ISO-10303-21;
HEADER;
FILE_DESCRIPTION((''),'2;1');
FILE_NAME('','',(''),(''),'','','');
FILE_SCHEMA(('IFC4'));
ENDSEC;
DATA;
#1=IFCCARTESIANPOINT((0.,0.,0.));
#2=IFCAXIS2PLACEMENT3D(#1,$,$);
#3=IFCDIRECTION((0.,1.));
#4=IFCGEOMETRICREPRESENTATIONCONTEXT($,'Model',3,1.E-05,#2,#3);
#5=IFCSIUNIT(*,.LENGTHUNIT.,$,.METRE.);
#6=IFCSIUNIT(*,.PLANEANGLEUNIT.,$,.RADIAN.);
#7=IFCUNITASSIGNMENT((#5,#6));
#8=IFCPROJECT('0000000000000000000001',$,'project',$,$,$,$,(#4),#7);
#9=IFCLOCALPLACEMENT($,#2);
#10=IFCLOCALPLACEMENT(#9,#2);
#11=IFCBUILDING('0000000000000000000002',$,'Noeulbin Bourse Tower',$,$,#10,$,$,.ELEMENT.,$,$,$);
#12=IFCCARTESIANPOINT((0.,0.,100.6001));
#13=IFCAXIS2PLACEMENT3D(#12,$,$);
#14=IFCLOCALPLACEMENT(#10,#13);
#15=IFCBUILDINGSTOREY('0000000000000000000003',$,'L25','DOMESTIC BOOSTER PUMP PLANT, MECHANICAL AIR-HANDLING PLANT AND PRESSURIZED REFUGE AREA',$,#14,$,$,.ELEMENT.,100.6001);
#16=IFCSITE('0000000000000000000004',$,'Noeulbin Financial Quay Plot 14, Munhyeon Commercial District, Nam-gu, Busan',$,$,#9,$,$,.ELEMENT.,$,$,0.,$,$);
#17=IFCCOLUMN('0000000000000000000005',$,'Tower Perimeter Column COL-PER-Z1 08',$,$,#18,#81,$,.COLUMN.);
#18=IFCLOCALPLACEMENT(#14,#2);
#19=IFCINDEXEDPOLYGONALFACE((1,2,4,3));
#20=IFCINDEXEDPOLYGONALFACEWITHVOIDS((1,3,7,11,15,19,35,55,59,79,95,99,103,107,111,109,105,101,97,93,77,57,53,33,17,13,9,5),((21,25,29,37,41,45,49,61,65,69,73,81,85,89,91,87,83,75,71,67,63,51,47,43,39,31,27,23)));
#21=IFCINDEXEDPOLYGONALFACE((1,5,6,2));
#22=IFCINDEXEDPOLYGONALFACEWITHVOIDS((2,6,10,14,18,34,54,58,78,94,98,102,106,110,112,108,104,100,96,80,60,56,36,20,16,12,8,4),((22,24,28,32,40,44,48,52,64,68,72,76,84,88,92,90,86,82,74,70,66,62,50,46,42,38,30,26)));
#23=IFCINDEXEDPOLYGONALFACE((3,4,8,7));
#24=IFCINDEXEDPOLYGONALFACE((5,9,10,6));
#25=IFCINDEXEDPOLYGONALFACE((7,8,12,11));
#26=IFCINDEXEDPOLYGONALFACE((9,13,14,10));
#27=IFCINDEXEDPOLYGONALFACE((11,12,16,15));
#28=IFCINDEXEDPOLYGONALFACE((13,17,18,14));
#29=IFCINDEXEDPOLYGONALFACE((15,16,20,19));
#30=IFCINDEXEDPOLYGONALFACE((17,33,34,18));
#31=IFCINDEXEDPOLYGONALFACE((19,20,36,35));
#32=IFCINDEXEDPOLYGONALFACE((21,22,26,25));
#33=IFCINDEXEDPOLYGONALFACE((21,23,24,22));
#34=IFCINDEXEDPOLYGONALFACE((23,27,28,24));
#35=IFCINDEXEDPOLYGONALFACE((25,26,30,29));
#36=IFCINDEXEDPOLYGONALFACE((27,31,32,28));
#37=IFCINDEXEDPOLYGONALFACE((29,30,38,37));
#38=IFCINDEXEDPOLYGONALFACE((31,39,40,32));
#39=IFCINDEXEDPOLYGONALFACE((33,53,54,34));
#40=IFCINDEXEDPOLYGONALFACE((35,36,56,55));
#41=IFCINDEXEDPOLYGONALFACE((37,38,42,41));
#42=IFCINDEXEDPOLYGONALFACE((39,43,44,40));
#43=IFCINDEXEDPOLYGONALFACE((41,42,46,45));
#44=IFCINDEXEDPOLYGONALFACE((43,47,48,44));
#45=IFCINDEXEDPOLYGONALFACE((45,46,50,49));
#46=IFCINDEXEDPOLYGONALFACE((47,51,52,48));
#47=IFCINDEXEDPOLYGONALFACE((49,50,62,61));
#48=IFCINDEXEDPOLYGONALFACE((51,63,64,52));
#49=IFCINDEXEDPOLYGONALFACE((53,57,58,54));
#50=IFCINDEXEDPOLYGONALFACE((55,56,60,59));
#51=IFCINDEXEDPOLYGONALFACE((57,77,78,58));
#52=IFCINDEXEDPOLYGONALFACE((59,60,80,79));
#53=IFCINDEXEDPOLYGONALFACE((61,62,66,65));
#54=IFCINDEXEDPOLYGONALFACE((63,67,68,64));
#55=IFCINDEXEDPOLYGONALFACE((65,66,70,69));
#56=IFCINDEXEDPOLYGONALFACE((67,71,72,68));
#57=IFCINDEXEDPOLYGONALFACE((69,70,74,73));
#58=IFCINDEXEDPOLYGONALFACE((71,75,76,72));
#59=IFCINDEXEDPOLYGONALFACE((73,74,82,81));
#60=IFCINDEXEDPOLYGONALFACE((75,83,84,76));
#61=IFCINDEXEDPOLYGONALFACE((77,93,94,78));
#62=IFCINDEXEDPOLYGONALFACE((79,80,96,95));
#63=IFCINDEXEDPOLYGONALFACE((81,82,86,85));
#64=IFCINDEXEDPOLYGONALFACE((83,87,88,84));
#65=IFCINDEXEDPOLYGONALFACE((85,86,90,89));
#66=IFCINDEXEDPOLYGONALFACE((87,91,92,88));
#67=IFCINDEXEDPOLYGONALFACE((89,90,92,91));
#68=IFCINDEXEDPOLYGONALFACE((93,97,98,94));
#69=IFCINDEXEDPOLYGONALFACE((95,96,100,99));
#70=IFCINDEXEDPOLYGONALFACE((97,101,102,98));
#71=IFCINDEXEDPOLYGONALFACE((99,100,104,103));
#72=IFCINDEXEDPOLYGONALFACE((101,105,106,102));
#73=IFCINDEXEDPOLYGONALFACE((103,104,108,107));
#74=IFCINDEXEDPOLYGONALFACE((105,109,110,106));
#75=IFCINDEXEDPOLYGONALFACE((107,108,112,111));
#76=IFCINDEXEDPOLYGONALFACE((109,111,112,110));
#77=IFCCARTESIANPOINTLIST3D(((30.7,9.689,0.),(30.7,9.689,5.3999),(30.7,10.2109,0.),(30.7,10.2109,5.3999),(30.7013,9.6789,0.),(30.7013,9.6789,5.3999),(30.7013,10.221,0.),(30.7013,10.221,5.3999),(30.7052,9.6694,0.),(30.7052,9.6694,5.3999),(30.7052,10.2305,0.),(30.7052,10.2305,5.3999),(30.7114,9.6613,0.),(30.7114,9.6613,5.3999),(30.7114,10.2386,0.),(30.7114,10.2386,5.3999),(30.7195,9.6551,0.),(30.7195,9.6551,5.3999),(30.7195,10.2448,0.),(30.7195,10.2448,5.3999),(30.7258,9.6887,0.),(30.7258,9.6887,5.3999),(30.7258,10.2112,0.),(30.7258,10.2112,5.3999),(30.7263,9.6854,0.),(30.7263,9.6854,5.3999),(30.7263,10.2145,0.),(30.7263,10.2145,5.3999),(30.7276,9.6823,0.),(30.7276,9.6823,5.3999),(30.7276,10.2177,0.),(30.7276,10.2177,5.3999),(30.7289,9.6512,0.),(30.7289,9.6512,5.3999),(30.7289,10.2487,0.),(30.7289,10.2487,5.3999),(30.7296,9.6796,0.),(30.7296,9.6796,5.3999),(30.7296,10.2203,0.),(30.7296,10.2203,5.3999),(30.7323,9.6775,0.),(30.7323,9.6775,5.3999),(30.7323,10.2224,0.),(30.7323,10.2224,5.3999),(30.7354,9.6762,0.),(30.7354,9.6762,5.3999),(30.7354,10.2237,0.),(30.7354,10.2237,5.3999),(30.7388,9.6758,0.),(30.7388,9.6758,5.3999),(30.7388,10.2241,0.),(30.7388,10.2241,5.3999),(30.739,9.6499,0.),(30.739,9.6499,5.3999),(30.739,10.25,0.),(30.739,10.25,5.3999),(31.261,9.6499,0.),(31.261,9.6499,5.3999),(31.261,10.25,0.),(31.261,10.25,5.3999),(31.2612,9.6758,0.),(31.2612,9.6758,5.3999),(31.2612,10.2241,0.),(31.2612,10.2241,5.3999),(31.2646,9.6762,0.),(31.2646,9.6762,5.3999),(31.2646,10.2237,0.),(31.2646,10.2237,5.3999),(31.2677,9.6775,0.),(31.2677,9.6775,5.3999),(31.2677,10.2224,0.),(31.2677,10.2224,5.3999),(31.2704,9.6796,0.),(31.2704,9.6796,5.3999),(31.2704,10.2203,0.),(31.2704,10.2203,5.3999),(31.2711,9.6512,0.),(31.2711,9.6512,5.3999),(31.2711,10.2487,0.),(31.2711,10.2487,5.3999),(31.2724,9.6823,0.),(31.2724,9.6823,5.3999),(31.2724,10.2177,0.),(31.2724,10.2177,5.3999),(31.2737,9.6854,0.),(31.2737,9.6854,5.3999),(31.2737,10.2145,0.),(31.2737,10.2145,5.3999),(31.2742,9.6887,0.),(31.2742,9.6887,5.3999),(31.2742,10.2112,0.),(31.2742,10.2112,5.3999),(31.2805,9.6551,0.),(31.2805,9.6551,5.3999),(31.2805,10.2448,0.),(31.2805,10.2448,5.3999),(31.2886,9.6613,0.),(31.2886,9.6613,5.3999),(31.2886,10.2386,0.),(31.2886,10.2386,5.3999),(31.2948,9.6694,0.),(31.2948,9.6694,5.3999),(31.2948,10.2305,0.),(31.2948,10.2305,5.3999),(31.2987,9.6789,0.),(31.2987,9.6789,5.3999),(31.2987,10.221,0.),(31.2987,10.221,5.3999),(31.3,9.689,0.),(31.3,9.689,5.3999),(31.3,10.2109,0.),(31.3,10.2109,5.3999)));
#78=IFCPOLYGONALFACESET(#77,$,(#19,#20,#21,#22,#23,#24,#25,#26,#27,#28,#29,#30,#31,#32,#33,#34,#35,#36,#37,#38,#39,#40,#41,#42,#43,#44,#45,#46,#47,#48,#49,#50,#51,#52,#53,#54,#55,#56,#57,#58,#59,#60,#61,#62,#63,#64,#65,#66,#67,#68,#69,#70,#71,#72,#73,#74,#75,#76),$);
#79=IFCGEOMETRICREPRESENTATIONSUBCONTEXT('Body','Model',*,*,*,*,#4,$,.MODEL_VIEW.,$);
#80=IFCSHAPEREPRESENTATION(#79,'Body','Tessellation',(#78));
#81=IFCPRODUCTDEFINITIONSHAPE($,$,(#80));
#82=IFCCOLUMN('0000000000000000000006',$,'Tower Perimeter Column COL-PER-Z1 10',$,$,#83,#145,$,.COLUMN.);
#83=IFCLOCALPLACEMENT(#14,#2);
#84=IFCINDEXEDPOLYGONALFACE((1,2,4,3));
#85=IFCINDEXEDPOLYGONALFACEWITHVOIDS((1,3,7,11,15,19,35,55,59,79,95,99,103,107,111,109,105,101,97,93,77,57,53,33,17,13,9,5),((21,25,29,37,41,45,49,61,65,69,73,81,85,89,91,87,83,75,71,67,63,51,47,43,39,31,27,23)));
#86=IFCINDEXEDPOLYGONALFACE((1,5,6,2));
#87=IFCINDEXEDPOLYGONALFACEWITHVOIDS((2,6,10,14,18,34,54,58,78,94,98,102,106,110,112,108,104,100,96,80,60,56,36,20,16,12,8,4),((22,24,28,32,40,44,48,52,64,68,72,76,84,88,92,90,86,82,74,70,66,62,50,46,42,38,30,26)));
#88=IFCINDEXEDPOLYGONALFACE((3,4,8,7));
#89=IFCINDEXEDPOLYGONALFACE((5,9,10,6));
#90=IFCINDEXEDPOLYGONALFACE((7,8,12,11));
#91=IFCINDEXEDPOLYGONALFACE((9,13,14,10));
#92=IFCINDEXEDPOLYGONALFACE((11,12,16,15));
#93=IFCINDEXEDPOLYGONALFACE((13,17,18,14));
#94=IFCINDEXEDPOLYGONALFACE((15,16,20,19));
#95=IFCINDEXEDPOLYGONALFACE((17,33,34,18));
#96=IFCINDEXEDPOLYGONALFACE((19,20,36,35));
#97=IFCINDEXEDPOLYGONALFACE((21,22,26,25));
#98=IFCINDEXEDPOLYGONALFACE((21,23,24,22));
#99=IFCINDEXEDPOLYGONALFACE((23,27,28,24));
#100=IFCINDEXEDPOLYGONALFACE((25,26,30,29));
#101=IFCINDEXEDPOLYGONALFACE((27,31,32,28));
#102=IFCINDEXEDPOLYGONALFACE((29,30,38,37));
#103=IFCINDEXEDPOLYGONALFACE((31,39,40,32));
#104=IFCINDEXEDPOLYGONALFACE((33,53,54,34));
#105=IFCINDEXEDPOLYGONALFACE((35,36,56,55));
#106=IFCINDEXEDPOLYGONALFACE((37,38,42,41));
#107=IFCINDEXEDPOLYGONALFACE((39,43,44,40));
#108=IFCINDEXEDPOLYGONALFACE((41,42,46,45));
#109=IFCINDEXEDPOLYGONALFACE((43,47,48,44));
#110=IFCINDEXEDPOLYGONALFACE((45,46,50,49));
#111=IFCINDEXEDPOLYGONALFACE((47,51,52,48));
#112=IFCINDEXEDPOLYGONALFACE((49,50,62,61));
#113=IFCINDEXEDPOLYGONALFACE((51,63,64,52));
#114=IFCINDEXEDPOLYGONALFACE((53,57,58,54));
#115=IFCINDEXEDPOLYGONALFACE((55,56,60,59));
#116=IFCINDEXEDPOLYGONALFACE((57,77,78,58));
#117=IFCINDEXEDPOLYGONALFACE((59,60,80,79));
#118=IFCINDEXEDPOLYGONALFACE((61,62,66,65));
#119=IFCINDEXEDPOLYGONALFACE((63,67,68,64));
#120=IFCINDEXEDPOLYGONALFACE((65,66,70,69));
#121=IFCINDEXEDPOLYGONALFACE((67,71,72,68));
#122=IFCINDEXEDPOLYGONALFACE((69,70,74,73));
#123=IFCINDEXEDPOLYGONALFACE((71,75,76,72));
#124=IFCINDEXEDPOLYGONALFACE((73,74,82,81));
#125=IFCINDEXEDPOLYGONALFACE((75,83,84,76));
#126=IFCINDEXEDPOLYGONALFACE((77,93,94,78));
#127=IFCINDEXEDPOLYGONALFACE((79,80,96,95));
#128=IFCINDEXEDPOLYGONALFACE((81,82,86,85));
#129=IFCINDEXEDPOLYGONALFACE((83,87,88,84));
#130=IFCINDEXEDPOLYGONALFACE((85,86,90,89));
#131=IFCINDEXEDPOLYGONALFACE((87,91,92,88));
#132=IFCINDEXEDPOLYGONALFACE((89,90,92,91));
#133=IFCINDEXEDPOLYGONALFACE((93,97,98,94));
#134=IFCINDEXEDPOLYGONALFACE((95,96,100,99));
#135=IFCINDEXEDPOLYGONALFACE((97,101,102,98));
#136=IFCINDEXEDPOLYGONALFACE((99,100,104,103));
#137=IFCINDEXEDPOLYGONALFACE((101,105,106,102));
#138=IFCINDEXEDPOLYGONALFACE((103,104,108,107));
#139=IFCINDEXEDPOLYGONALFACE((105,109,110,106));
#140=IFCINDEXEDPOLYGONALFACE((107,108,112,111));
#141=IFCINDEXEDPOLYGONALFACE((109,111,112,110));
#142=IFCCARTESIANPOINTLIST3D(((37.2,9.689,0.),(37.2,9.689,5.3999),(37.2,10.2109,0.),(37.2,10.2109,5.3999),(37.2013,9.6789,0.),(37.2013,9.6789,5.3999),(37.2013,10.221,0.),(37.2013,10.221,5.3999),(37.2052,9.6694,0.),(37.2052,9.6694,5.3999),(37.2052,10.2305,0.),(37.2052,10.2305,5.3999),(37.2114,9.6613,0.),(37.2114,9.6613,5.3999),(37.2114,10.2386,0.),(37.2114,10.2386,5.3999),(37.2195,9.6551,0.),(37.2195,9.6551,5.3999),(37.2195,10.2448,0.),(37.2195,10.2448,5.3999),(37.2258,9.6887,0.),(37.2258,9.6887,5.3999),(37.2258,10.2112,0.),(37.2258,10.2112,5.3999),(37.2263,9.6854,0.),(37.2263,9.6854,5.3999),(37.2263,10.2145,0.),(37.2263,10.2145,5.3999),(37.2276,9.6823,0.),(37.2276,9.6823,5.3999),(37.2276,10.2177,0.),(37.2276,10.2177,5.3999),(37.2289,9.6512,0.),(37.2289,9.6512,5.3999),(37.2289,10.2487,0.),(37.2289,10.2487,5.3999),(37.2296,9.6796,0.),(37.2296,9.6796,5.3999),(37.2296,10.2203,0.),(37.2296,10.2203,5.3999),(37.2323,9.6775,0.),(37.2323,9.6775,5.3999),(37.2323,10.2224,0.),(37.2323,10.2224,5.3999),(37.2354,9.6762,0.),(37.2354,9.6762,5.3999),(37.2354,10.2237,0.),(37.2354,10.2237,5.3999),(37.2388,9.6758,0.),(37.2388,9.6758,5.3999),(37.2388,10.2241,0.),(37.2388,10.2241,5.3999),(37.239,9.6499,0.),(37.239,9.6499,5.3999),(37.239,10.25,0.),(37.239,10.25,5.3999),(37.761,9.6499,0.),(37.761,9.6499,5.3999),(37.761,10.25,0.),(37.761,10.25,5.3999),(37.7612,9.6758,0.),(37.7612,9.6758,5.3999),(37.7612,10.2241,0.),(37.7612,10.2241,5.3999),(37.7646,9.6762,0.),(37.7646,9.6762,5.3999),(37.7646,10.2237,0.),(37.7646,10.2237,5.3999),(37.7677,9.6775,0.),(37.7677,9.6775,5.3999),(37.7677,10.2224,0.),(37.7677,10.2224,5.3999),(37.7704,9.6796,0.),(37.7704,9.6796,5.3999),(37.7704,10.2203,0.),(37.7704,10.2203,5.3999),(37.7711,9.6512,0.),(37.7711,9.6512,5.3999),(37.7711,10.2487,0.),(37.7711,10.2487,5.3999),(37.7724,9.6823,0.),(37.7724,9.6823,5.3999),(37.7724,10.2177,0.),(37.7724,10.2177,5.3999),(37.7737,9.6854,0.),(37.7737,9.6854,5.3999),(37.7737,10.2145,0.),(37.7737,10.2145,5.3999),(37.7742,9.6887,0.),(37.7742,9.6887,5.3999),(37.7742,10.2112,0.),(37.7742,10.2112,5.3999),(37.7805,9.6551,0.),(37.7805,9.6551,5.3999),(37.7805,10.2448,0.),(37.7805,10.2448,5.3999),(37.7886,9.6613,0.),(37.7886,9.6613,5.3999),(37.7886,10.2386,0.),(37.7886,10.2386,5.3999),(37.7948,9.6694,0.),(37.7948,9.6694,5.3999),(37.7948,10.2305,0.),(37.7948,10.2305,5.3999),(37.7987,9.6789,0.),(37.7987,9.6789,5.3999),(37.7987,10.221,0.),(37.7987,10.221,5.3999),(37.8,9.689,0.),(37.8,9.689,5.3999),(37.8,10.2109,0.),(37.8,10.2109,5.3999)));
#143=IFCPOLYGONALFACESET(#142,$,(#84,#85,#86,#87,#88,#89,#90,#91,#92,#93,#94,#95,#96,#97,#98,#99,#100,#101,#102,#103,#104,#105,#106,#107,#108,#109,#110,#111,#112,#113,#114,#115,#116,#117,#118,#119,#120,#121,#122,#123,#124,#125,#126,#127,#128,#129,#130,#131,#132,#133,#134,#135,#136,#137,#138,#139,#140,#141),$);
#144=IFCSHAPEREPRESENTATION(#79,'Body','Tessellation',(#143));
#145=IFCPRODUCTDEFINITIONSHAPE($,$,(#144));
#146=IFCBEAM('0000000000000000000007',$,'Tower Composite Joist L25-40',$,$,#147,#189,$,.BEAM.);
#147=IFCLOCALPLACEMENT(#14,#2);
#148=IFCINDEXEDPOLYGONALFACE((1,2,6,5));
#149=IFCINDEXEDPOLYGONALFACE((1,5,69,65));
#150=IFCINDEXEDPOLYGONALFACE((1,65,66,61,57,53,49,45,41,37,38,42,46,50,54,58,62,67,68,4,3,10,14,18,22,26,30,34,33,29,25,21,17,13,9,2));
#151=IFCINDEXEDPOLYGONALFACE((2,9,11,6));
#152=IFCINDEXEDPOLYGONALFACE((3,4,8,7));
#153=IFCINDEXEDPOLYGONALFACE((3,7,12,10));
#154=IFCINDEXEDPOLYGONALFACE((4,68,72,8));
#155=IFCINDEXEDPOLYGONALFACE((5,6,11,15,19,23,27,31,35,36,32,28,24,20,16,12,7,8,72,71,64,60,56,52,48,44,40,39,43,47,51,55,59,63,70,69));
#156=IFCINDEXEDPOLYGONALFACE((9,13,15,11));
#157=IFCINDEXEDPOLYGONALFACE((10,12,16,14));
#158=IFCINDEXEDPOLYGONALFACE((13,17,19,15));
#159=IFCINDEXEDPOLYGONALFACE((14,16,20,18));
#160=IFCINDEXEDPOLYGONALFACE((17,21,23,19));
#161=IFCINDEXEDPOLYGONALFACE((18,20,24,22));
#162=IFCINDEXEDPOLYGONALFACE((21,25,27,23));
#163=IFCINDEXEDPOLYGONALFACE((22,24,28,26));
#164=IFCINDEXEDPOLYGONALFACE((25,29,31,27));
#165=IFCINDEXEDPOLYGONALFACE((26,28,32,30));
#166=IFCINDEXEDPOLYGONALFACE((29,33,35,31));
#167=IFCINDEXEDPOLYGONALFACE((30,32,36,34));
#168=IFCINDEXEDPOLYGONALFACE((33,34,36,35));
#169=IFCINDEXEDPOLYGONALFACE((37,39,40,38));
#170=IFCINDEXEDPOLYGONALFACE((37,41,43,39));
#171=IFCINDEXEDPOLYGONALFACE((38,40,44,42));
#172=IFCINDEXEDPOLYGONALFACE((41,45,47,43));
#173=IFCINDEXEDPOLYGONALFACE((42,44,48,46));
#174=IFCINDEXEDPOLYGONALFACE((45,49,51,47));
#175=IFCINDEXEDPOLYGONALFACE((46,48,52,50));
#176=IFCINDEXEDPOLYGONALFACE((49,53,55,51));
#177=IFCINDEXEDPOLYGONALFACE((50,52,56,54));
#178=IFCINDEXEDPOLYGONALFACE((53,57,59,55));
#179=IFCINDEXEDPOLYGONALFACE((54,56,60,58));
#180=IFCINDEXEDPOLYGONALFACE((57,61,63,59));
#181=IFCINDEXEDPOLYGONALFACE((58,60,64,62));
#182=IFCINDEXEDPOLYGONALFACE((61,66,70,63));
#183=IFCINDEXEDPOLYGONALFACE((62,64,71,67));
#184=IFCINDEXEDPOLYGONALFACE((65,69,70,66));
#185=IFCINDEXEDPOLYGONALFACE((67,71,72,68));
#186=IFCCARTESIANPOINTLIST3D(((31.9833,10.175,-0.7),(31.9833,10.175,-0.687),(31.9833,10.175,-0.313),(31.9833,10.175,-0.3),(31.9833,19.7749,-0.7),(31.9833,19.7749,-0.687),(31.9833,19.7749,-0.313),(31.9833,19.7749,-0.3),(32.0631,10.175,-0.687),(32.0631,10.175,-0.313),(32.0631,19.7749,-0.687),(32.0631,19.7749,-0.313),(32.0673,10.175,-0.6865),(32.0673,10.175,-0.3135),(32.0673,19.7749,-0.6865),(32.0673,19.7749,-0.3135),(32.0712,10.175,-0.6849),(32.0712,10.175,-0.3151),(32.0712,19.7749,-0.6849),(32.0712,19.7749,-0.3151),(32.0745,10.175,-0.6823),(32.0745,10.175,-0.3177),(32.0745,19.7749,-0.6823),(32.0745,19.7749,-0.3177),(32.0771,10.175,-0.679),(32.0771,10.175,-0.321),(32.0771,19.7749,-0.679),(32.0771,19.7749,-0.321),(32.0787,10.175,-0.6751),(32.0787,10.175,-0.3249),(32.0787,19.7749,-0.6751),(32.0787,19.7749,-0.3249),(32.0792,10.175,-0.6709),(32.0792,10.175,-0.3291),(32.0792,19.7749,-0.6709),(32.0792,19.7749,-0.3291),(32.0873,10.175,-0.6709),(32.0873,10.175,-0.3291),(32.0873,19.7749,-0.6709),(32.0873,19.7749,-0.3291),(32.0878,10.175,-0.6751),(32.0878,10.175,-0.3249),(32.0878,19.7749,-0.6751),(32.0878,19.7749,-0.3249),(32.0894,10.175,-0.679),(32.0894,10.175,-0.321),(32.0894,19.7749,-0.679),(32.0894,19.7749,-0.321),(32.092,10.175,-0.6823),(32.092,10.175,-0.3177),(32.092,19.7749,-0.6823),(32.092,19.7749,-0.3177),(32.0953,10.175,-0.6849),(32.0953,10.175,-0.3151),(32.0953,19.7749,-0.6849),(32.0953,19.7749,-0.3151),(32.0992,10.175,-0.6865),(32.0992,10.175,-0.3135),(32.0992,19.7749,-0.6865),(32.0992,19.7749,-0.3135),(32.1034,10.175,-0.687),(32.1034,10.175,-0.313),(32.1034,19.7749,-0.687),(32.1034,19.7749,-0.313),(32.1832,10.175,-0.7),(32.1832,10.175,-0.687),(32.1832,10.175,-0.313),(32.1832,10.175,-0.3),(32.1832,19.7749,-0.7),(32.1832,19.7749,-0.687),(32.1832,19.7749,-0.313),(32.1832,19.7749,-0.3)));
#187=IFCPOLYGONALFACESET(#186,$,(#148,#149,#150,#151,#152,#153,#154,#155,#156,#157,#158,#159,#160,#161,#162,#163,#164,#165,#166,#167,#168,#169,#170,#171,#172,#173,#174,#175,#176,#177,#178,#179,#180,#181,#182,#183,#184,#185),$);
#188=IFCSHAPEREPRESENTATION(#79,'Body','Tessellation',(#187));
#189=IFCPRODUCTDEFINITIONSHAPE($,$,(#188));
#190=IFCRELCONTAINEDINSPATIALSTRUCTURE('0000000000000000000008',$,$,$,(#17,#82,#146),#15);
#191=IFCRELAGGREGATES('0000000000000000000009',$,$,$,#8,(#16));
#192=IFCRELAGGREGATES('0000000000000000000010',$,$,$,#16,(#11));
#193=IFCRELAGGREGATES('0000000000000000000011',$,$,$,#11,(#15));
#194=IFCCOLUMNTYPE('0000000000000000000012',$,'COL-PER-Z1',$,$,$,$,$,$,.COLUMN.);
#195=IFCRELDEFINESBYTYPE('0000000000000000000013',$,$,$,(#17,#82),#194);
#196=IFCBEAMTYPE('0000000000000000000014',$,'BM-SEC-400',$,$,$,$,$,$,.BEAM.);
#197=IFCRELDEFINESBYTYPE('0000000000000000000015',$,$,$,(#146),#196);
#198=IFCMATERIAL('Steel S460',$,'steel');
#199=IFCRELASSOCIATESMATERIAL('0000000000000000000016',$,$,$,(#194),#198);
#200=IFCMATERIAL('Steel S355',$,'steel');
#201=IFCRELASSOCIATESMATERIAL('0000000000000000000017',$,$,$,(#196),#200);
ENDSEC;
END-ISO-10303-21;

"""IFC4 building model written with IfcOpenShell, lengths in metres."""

from ifc_helpers import new_model, si_unit, direction, frame, origin, origin_2d, place, context, subcontext, project, spatial, hollow_rectangle, i_section, extrude, material, material_profile, profile_set, type_object, element, save


model = new_model("IFC4")

# Units and contexts
model_context = context("Model", 3, precision=1e-05, world=origin(), true_north=direction((0.0, 1.0)))
body_context = subcontext(model_context, "Body", "Model", "MODEL_VIEW")
ifc_project = project(units=[si_unit("LENGTHUNIT", "METRE"), si_unit("PLANEANGLEUNIT", "RADIAN")], contexts=[model_context])

# Site, building, storey
site_placement = place(None, origin())
site = spatial("IfcSite", under=ifc_project, at=site_placement, Name="Noeulbin Financial Quay Plot 14, Munhyeon Commercial District, Nam-gu, Busan", CompositionType="ELEMENT", RefElevation=0.0)
building_placement = place(site_placement, origin())
building = spatial("IfcBuilding", under=site, at=building_placement, Name="Noeulbin Bourse Tower", CompositionType="ELEMENT")
storey_placement = place(building_placement, frame((0.0, 0.0, 100.6001)))
storey = spatial("IfcBuildingStorey", under=building, at=storey_placement, Name="L25", Description="DOMESTIC BOOSTER PUMP PLANT, MECHANICAL AIR-HANDLING PLANT AND PRESSURIZED REFUGE AREA", CompositionType="ELEMENT", Elevation=100.6001)

# Columns
ifc_material_1 = material(Name="Steel S460", Category="steel")
ifc_material_profile_1 = material_profile(ifc_material_1, hollow_rectangle(XDim=0.6001, YDim=0.6001, WallThickness=0.0259, InnerFilletRadius=0.0129, OuterFilletRadius=0.0391, at=origin_2d()), Name="BOX-600x600x26", Category="LoadBearing")
ifc_profile_set_1 = profile_set([ifc_material_profile_1], Name="Steel S460")
column_type = type_object("IfcColumnType", Name="COL-PER-Z1", PredefinedType="COLUMN", material=ifc_profile_set_1)
for number, where, z_axis, x_axis, name in (
    (1, (31.0, 9.95, 0.0), (0.0, 0.0, 1.0), (1.0, 0.0, 0.0), "Tower Perimeter Column COL-PER-Z1 08"),
    (2, (37.5, 9.95, 0.0), (0.0, 0.0, 1.0), (1.0, 0.0, 0.0), "Tower Perimeter Column COL-PER-Z1 10"),
):
    element("IfcColumn", number, at=place(storey_placement, frame(where, z_axis=z_axis, x_axis=x_axis)), inside=storey, type_object=column_type, Name=name, PredefinedType="COLUMN", context=body_context, shape_type="SweptSolid", body=[
        extrude(hollow_rectangle(XDim=0.6001, YDim=0.6001, WallThickness=0.0259, InnerFilletRadius=0.0129, OuterFilletRadius=0.0391, at=origin_2d()), origin(), (0.0, 0.0, 1.0), 5.3999),
    ])

# Beam
ifc_material_2 = material(Name="Steel S355", Category="steel")
ifc_material_profile_2 = material_profile(ifc_material_2, i_section(OverallWidth=0.2, OverallDepth=0.3999, WebThickness=0.0081, FlangeThickness=0.0129, FilletRadius=0.0161, at=origin_2d()), Name="H-400x200x8x13", Category="LoadBearing")
ifc_profile_set_2 = profile_set([ifc_material_profile_2], Name="Steel S355")
beam_type_1 = type_object("IfcBeamType", Name="BM-SEC-400", PredefinedType="BEAM", material=ifc_profile_set_2)
for number, where, z_axis, x_axis, name in (
    (3, (32.0833, 10.175, -0.5), (0.0, 1.0, 0.0), (-1.0, 0.0, 0.0), "Tower Composite Joist L25-40"),
):
    element("IfcBeam", number, at=place(storey_placement, frame(where, z_axis=z_axis, x_axis=x_axis)), inside=storey, type_object=beam_type_1, Name=name, PredefinedType="BEAM", context=body_context, shape_type="SweptSolid", body=[
        extrude(i_section(OverallWidth=0.2, OverallDepth=0.3999, WebThickness=0.0081, FlangeThickness=0.0129, FilletRadius=0.0161, at=origin_2d()), origin(), (0.0, 0.0, 1.0), 9.5999),
    ])

save(model, "model.ifc")
